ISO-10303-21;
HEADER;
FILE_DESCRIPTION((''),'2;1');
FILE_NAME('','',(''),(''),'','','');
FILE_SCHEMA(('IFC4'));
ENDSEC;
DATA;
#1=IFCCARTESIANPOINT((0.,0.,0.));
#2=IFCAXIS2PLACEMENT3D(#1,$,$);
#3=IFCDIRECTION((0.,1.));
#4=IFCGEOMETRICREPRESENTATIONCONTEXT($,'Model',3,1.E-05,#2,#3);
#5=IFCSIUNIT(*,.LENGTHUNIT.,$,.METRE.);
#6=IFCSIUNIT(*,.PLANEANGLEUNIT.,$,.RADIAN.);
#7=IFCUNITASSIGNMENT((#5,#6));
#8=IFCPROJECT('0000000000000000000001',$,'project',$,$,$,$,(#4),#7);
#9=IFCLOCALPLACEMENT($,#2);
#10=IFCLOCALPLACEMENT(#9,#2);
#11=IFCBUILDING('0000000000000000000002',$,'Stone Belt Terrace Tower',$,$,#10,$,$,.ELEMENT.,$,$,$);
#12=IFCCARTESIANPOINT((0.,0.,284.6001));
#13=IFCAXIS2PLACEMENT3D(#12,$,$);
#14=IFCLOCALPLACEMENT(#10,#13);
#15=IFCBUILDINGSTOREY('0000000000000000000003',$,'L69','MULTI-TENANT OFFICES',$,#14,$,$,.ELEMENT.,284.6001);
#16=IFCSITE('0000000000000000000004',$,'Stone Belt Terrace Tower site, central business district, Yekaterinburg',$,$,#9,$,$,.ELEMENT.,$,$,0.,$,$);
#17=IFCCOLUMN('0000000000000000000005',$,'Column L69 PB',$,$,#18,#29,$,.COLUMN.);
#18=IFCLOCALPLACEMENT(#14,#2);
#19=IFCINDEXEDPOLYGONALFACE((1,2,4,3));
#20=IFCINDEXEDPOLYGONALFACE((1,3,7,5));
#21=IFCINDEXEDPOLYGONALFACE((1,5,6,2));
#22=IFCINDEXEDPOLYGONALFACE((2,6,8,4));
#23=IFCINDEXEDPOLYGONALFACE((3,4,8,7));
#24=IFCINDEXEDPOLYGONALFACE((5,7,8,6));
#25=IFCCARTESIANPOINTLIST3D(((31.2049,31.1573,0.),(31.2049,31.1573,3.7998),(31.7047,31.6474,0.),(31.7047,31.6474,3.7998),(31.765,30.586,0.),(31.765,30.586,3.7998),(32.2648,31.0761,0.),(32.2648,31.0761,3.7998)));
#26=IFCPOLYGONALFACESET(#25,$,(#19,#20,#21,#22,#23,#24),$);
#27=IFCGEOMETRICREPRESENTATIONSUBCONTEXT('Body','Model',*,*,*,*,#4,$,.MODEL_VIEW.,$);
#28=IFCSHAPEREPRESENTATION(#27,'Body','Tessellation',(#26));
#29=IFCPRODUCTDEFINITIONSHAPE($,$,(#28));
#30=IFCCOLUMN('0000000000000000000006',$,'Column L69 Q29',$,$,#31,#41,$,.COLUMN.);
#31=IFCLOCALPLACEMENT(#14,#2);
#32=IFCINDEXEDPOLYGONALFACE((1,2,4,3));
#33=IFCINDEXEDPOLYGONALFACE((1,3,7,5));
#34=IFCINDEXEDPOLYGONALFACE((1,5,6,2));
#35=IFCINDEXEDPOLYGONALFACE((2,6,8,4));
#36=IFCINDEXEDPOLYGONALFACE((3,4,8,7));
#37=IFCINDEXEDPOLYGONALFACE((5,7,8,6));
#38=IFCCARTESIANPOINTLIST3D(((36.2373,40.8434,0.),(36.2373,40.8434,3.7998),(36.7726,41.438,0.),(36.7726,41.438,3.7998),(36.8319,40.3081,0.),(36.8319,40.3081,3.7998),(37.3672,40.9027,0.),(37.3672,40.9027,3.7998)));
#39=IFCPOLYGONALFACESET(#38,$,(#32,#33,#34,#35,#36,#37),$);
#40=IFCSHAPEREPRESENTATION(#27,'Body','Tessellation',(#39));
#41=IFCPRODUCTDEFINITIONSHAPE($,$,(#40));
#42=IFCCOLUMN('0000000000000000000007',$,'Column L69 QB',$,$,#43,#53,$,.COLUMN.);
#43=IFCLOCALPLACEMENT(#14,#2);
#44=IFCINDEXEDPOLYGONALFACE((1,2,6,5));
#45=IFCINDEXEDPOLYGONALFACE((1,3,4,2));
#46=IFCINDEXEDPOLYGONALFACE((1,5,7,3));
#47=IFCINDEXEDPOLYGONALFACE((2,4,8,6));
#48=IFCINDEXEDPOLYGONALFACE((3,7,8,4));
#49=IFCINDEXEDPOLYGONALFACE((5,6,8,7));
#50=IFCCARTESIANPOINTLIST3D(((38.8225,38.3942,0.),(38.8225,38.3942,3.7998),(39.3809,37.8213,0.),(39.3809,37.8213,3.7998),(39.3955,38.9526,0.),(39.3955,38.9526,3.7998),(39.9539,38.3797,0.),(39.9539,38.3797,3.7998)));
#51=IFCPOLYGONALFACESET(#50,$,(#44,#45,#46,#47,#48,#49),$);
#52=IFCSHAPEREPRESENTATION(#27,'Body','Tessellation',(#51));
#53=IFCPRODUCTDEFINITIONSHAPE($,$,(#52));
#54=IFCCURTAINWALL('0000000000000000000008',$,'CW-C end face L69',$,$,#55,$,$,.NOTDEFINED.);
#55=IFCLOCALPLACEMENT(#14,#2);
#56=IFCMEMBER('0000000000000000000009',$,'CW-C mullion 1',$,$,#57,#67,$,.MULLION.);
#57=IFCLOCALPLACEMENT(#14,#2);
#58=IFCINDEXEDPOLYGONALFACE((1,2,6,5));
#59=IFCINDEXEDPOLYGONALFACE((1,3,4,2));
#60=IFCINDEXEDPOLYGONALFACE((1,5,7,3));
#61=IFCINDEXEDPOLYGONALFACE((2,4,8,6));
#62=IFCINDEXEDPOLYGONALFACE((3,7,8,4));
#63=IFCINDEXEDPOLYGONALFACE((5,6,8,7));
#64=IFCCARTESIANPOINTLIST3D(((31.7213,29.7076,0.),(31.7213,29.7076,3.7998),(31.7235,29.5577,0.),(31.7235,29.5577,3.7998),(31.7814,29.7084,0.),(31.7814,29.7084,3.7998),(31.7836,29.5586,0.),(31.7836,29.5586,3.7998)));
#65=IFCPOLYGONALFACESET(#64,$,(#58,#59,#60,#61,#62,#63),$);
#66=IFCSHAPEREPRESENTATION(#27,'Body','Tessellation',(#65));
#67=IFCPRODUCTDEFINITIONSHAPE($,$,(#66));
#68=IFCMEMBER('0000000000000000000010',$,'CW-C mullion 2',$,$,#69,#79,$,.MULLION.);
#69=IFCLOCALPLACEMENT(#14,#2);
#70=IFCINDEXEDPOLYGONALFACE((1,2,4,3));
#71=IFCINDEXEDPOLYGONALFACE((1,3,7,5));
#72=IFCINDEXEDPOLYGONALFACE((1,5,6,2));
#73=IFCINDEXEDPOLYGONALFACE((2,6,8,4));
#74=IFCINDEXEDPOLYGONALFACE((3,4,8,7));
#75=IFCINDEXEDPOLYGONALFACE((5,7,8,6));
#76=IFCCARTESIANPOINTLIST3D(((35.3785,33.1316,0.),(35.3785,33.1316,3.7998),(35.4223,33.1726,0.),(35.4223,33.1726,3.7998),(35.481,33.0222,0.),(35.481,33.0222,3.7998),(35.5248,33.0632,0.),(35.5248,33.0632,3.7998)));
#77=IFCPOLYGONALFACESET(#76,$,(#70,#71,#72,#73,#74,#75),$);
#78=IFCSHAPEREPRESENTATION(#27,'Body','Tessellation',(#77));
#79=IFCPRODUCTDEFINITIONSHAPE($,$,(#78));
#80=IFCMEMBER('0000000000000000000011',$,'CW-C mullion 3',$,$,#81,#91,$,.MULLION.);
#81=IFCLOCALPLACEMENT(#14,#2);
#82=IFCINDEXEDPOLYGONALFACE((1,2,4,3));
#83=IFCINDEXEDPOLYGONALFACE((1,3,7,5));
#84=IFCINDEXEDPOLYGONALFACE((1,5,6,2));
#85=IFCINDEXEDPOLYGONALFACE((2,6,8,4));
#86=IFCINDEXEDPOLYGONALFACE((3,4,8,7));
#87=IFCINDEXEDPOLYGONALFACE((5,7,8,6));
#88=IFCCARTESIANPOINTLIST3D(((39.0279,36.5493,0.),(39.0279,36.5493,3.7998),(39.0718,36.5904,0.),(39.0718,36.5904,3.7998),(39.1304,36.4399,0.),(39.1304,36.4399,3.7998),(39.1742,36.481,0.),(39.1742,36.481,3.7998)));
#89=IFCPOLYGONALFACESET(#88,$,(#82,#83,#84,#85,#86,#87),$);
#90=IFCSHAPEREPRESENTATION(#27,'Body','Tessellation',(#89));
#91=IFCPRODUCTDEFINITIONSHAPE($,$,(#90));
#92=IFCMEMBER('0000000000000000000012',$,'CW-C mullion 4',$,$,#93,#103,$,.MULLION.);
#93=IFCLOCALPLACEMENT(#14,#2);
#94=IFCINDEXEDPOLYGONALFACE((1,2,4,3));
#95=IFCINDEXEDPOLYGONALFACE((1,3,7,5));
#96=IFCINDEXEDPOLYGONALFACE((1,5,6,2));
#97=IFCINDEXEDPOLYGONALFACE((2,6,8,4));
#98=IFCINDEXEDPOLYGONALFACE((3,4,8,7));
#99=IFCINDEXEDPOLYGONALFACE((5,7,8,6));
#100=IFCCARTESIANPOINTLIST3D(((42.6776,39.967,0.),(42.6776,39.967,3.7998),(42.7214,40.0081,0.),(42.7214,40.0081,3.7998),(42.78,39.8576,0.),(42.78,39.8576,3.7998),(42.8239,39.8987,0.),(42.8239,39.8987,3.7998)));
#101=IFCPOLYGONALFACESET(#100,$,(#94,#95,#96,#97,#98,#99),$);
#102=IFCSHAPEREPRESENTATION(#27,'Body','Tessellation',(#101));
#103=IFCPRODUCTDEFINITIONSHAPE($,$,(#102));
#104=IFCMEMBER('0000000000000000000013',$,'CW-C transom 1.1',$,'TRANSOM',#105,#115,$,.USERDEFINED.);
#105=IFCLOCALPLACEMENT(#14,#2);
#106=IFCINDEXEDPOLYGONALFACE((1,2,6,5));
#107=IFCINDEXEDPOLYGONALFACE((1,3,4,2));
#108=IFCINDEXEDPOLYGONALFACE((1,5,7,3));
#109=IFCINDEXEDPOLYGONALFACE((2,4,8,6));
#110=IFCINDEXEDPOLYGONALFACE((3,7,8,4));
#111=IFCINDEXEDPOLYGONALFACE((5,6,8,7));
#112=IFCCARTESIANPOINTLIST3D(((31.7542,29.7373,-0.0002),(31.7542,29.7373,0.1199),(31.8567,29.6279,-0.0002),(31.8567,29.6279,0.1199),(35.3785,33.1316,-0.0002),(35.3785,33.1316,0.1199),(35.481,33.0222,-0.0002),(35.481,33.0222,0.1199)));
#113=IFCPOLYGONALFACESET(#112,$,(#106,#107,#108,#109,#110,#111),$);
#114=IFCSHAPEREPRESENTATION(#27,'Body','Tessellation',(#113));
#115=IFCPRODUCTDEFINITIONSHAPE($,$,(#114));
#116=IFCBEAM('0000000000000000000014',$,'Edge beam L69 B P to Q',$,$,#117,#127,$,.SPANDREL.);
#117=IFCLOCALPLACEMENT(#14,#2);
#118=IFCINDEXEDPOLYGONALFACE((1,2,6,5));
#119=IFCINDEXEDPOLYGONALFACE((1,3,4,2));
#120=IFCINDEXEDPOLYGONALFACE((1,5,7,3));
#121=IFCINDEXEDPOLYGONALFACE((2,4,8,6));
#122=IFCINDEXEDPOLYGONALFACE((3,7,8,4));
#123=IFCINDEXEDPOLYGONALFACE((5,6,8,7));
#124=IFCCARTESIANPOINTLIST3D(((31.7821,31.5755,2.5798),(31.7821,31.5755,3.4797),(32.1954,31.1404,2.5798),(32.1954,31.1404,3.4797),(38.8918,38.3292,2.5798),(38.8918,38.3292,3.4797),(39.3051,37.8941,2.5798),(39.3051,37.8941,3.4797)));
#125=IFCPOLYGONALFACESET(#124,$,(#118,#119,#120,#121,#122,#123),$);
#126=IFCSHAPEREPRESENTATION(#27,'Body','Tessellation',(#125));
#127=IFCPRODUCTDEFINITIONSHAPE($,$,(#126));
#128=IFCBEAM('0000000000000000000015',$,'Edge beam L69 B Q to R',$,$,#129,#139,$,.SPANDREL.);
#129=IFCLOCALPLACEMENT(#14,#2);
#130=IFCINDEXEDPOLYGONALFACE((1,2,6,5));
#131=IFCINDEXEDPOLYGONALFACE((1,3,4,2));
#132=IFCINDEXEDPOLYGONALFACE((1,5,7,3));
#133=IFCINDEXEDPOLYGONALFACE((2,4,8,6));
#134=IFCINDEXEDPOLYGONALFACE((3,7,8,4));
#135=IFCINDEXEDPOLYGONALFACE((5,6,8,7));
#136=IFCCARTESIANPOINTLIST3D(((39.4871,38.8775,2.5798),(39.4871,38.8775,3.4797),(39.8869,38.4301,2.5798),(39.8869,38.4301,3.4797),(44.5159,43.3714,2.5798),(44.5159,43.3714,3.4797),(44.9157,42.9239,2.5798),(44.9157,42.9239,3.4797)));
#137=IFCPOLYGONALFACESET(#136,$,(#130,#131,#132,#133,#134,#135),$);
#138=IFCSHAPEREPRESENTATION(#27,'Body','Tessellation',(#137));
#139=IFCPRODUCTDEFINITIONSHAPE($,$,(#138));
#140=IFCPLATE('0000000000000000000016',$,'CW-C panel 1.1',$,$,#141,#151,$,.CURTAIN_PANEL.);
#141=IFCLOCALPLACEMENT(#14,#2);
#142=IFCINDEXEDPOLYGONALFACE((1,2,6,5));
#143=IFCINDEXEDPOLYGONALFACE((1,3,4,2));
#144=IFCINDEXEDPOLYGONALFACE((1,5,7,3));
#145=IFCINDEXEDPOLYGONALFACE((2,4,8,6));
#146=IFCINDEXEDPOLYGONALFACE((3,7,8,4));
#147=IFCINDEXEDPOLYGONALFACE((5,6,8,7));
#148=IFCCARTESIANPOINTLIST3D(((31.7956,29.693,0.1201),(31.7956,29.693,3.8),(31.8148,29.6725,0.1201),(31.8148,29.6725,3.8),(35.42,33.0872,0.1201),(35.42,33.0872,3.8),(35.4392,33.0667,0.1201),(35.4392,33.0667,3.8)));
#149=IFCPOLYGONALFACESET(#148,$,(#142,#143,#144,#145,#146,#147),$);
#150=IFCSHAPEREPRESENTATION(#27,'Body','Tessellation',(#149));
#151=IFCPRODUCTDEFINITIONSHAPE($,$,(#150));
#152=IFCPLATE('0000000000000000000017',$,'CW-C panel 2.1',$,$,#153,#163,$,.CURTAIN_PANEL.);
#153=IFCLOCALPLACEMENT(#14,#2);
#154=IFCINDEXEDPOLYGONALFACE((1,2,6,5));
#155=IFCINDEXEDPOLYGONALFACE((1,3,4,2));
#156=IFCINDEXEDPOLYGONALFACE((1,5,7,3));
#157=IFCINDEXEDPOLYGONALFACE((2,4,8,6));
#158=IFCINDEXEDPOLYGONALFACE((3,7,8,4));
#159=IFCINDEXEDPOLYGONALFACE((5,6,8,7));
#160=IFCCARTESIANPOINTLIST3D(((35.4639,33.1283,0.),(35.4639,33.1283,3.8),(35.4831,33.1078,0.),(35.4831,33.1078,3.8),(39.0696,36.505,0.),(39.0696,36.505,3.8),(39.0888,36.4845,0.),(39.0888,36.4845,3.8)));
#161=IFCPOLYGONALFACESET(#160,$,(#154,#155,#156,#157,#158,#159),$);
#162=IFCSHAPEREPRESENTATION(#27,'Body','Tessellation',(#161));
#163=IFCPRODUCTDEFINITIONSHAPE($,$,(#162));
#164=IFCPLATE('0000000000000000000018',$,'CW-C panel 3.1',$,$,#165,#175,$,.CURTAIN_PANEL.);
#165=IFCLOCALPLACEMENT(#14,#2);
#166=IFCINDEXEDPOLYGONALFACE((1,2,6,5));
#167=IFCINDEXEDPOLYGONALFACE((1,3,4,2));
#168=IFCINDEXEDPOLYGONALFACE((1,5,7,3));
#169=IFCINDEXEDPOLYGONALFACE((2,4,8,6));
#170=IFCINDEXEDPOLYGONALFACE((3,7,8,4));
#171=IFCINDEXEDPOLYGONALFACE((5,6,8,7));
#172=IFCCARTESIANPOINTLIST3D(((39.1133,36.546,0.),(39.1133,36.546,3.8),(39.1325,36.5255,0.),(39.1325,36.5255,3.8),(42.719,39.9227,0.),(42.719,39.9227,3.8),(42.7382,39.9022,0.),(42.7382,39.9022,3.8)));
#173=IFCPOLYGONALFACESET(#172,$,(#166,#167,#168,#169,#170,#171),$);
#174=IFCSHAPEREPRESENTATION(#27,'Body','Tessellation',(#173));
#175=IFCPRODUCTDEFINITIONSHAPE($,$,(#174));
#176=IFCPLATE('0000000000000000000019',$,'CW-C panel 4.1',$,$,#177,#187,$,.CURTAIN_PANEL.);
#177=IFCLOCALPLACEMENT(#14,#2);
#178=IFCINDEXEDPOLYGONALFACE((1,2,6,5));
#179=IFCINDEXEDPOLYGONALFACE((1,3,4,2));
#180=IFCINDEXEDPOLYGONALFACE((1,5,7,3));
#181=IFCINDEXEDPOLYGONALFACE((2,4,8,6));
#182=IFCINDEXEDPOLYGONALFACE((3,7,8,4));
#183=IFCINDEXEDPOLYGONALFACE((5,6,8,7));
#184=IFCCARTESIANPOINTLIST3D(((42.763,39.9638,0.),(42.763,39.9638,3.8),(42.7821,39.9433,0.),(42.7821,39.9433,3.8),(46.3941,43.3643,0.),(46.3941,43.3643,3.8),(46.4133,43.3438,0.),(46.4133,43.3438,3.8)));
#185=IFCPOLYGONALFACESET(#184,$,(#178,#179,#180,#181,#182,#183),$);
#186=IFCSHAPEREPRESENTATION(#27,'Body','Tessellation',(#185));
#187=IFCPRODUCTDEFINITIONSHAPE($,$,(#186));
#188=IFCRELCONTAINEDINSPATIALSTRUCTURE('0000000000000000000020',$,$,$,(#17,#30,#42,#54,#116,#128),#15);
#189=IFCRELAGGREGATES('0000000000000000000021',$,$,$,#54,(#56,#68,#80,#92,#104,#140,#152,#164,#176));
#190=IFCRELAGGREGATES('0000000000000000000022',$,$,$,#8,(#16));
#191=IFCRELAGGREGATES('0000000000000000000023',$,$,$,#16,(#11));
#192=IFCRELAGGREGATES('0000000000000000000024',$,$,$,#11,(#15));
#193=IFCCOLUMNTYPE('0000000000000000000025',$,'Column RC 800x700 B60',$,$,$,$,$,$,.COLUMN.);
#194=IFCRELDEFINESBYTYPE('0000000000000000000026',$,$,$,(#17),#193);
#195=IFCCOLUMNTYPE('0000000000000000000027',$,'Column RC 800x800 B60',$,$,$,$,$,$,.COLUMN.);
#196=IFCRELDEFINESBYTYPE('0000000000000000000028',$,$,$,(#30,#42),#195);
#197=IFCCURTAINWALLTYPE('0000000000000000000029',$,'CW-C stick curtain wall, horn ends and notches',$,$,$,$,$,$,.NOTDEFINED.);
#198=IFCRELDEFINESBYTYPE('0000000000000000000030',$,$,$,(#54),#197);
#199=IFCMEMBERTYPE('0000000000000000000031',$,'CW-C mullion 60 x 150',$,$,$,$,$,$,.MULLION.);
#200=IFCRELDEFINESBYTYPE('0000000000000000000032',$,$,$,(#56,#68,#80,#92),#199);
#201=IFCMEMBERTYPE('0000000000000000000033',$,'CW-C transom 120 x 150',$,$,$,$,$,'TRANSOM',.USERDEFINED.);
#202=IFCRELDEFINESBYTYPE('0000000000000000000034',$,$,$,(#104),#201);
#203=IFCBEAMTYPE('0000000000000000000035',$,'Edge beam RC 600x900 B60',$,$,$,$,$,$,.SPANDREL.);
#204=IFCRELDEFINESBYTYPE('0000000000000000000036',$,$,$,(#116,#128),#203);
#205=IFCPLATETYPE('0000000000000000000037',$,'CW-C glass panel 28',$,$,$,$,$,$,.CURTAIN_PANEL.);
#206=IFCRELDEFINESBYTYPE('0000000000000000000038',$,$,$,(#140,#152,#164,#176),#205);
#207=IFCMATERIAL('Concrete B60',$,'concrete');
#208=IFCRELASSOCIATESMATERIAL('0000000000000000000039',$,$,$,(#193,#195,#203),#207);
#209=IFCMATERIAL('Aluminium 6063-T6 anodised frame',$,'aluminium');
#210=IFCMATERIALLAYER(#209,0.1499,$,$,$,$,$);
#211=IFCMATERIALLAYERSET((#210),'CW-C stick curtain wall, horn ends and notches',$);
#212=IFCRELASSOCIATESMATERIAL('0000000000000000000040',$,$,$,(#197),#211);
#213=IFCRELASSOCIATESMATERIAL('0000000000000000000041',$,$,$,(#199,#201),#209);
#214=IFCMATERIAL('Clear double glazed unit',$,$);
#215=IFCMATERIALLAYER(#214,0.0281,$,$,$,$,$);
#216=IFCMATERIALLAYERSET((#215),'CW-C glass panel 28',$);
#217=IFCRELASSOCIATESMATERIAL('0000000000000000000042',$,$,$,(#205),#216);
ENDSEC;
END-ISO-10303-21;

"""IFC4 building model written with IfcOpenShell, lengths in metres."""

from ifc_helpers import new_model, si_unit, direction, frame, origin, origin_2d, place, context, subcontext, project, spatial, rectangle, extrude, material, layer, layer_set, material_profile, profile_set, type_object, element, aggregate, save


model = new_model("IFC4")

# Units and contexts
model_context = context("Model", 3, precision=1e-05, world=origin(), true_north=direction((0.0, 1.0)))
body_context = subcontext(model_context, "Body", "Model", "MODEL_VIEW")
ifc_project = project(units=[si_unit("LENGTHUNIT", "METRE"), si_unit("PLANEANGLEUNIT", "RADIAN")], contexts=[model_context])

# Site, building, storey
site_placement = place(None, origin())
site = spatial("IfcSite", under=ifc_project, at=site_placement, Name="Stone Belt Terrace Tower site, central business district, Yekaterinburg", CompositionType="ELEMENT", RefElevation=0.0)
building_placement = place(site_placement, origin())
building = spatial("IfcBuilding", under=site, at=building_placement, Name="Stone Belt Terrace Tower", CompositionType="ELEMENT")
storey_placement = place(building_placement, frame((0.0, 0.0, 284.6001)))
storey = spatial("IfcBuildingStorey", under=building, at=storey_placement, Name="L69", Description="MULTI-TENANT OFFICES", CompositionType="ELEMENT", Elevation=284.6001)

# Columns
ifc_material_1 = material(Name="Concrete B60", Category="concrete")
ifc_material_profile_1 = material_profile(ifc_material_1, rectangle(XDim=0.8, YDim=0.7, at=origin_2d()), Name="RC 800x700")
ifc_profile_set_1 = profile_set([ifc_material_profile_1], Name="Concrete B60")
column_type_1 = type_object("IfcColumnType", Name="Column RC 800x700 B60", PredefinedType="COLUMN", material=ifc_profile_set_1)
column_placement = place(storey_placement, frame((31.7349, 31.1167, 0.0), z_axis=(0.0, 0.0, 1.0), x_axis=(0.70012, -0.714026, 0.0)))
element("IfcColumn", 1, at=column_placement, inside=storey, type_object=column_type_1, Name="Column L69 PB", PredefinedType="COLUMN", context=body_context, shape_type="SweptSolid", body=[
    extrude(rectangle(XDim=0.8, YDim=0.7, at=origin_2d()), origin(), (0.0, 0.0, 1.0), 3.7998),
])
ifc_material_profile_2 = material_profile(ifc_material_1, rectangle(XDim=0.8, YDim=0.8, at=origin_2d()), Name="RC 800x800")
ifc_profile_set_2 = profile_set([ifc_material_profile_2], Name="Concrete B60")
column_type_2 = type_object("IfcColumnType", Name="Column RC 800x800 B60", PredefinedType="COLUMN", material=ifc_profile_set_2)
for number, where, z_axis, x_axis, name in (
    (2, (36.8022, 40.873, 0.0), (0.0, 0.0, 1.0), (0.743145, -0.669131, 0.0), "Column L69 Q29"),
    (3, (39.3882, 38.387, 0.0), (0.0, 0.0, 1.0), (0.697944, -0.716152, 0.0), "Column L69 QB"),
):
    element("IfcColumn", number, at=place(storey_placement, frame(where, z_axis=z_axis, x_axis=x_axis)), inside=storey, type_object=column_type_2, Name=name, PredefinedType="COLUMN", context=body_context, shape_type="SweptSolid", body=[
        extrude(rectangle(XDim=0.8, YDim=0.8, at=origin_2d()), origin(), (0.0, 0.0, 1.0), 3.7998),
    ])

# Curtain wall, members
ifc_material_2 = material(Name="Aluminium 6063-T6 anodised frame", Category="aluminium")
ifc_layer_1 = layer(ifc_material_2, 0.1499)
ifc_layer_set_1 = layer_set([ifc_layer_1], Name="CW-C stick curtain wall, horn ends and notches")
curtain_wall_type = type_object("IfcCurtainWallType", Name="CW-C stick curtain wall, horn ends and notches", PredefinedType="NOTDEFINED", material=ifc_layer_set_1)
curtain_wall_placement = place(storey_placement, origin())
curtain_wall = element("IfcCurtainWall", 4, at=curtain_wall_placement, inside=storey, type_object=curtain_wall_type, Name="CW-C end face L69", PredefinedType="NOTDEFINED")
ifc_material_profile_3 = material_profile(ifc_material_2, rectangle(XDim=0.1499, YDim=0.0601, at=origin_2d()), Name="Aluminium 6063-T6 60x150")
ifc_profile_set_3 = profile_set([ifc_material_profile_3], Name="Aluminium 6063-T6 anodised frame")
member_type_1 = type_object("IfcMemberType", Name="CW-C mullion 60 x 150", PredefinedType="MULLION", material=ifc_profile_set_3)
member_1_placement = place(storey_placement, frame((31.7524, 29.6331, 0.0), z_axis=(0.0, 0.0, 1.0), x_axis=(-0.014682, 0.999892, 0.0)))
member_1 = element("IfcMember", 5, at=member_1_placement, type_object=member_type_1, Name="CW-C mullion 1", PredefinedType="MULLION", context=body_context, shape_type="SweptSolid", body=[
    extrude(rectangle(XDim=0.1499, YDim=0.0601, at=origin_2d()), origin(), (0.0, 0.0, 1.0), 3.7998),
])
member_2_placement = place(storey_placement, frame((35.4517, 33.0974, 0.0), z_axis=(0.0, 0.0, 1.0), x_axis=(-0.683549, 0.729904, 0.0)))
member_2 = element("IfcMember", 6, at=member_2_placement, type_object=member_type_1, Name="CW-C mullion 2", PredefinedType="MULLION", context=body_context, shape_type="SweptSolid", body=[
    extrude(rectangle(XDim=0.1499, YDim=0.0601, at=origin_2d()), origin(), (0.0, 0.0, 1.0), 3.7998),
])
member_3_placement = place(storey_placement, frame((39.1011, 36.5151, 0.0), z_axis=(0.0, 0.0, 1.0), x_axis=(-0.683549, 0.729904, 0.0)))
member_3 = element("IfcMember", 7, at=member_3_placement, type_object=member_type_1, Name="CW-C mullion 3", PredefinedType="MULLION", context=body_context, shape_type="SweptSolid", body=[
    extrude(rectangle(XDim=0.1499, YDim=0.0601, at=origin_2d()), origin(), (0.0, 0.0, 1.0), 3.7998),
])
member_4_placement = place(storey_placement, frame((42.7507, 39.9329, 0.0), z_axis=(0.0, 0.0, 1.0), x_axis=(-0.683549, 0.729904, 0.0)))
member_4 = element("IfcMember", 8, at=member_4_placement, type_object=member_type_1, Name="CW-C mullion 4", PredefinedType="MULLION", context=body_context, shape_type="SweptSolid", body=[
    extrude(rectangle(XDim=0.1499, YDim=0.0601, at=origin_2d()), origin(), (0.0, 0.0, 1.0), 3.7998),
])
ifc_material_profile_4 = material_profile(ifc_material_2, rectangle(XDim=0.1499, YDim=0.1201, at=origin_2d()), Name="Aluminium 6063-T6 150x120")
ifc_profile_set_4 = profile_set([ifc_material_profile_4], Name="Aluminium 6063-T6 anodised frame")
member_type_2 = type_object("IfcMemberType", Name="CW-C transom 120 x 150", ElementType="TRANSOM", PredefinedType="USERDEFINED", material=ifc_profile_set_4)
member_5_placement = place(storey_placement, frame((31.8054, 29.6826, 0.0598), z_axis=(0.729885, 0.68357, 0.0), x_axis=(-0.68357, 0.729885, 0.0)))
member_5 = element("IfcMember", 9, at=member_5_placement, type_object=member_type_2, Name="CW-C transom 1.1", ObjectType="TRANSOM", PredefinedType="USERDEFINED", context=body_context, shape_type="SweptSolid", body=[
    extrude(rectangle(XDim=0.1499, YDim=0.1201, at=origin_2d()), origin(), (0.0, 0.0, 1.0), 4.9656),
])

# Beams
ifc_material_profile_5 = material_profile(ifc_material_1, rectangle(XDim=0.6001, YDim=0.8999, at=origin_2d()), Name="RC 600x900")
ifc_profile_set_5 = profile_set([ifc_material_profile_5], Name="Concrete B60")
beam_type = type_object("IfcBeamType", Name="Edge beam RC 600x900 B60", PredefinedType="SPANDREL", material=ifc_profile_set_5)
beam_1_placement = place(storey_placement, frame((31.9888, 31.3579, 3.0298), z_axis=(0.725024, 0.688724, 0.0), x_axis=(-0.688724, 0.725024, 0.0)))
element("IfcBeam", 10, at=beam_1_placement, inside=storey, type_object=beam_type, Name="Edge beam L69 B P to Q", PredefinedType="SPANDREL", context=body_context, shape_type="SweptSolid", body=[
    extrude(rectangle(XDim=0.6001, YDim=0.8999, at=origin_2d()), origin(), (0.0, 0.0, 1.0), 9.8062),
])
beam_2_placement = place(storey_placement, frame((39.687, 38.6538, 3.0298), z_axis=(0.745651, 0.666337, 0.0), x_axis=(-0.666337, 0.745651, 0.0)))
element("IfcBeam", 11, at=beam_2_placement, inside=storey, type_object=beam_type, Name="Edge beam L69 B Q to R", PredefinedType="SPANDREL", context=body_context, shape_type="SweptSolid", body=[
    extrude(rectangle(XDim=0.6001, YDim=0.8999, at=origin_2d()), origin(), (0.0, 0.0, 1.0), 6.7441),
])

# Plates
ifc_material_3 = material(Name="Clear double glazed unit")
ifc_layer_2 = layer(ifc_material_3, 0.0281)
ifc_layer_set_2 = layer_set([ifc_layer_2], Name="CW-C glass panel 28")
plate_type = type_object("IfcPlateType", Name="CW-C glass panel 28", PredefinedType="CURTAIN_PANEL", material=ifc_layer_set_2)
plate_1_placement = place(storey_placement, frame((33.6174, 31.3799, 0.1201), z_axis=(0.0, 0.0, 1.0), x_axis=(0.729904, 0.683549, 0.0)))
plate_1 = element("IfcPlate", 12, at=plate_1_placement, type_object=plate_type, Name="CW-C panel 1.1", PredefinedType="CURTAIN_PANEL", context=body_context, shape_type="SweptSolid", body=[
    extrude(rectangle(XDim=4.9656, YDim=0.0281, at=origin_2d()), origin(), (0.0, 0.0, 1.0), 3.6799),
])
plate_2_placement = place(storey_placement, frame((37.2764, 34.8064, 0.0), z_axis=(0.0, 0.0, 1.0), x_axis=(0.729904, 0.683549, 0.0)))
plate_2 = element("IfcPlate", 13, at=plate_2_placement, type_object=plate_type, Name="CW-C panel 2.1", PredefinedType="CURTAIN_PANEL", context=body_context, shape_type="SweptSolid", body=[
    extrude(rectangle(XDim=4.9399, YDim=0.0281, at=origin_2d()), origin(), (0.0, 0.0, 1.0), 3.8),
])
plate_3_placement = place(storey_placement, frame((40.9258, 38.2241, 0.0), z_axis=(0.0, 0.0, 1.0), x_axis=(0.729904, 0.683549, 0.0)))
plate_3 = element("IfcPlate", 14, at=plate_3_placement, type_object=plate_type, Name="CW-C panel 3.1", PredefinedType="CURTAIN_PANEL", context=body_context, shape_type="SweptSolid", body=[
    extrude(rectangle(XDim=4.9399, YDim=0.0281, at=origin_2d()), origin(), (0.0, 0.0, 1.0), 3.8),
])
plate_4_placement = place(storey_placement, frame((44.5881, 41.6538, 0.0), z_axis=(0.0, 0.0, 1.0), x_axis=(0.729904, 0.683549, 0.0)))
plate_4 = element("IfcPlate", 15, at=plate_4_placement, type_object=plate_type, Name="CW-C panel 4.1", PredefinedType="CURTAIN_PANEL", context=body_context, shape_type="SweptSolid", body=[
    extrude(rectangle(XDim=4.9749, YDim=0.0281, at=origin_2d()), origin(), (0.0, 0.0, 1.0), 3.8),
])
aggregate(curtain_wall, [member_1, member_2, member_3, member_4, member_5, plate_1, plate_2, plate_3, plate_4])

save(model, "model.ifc")
